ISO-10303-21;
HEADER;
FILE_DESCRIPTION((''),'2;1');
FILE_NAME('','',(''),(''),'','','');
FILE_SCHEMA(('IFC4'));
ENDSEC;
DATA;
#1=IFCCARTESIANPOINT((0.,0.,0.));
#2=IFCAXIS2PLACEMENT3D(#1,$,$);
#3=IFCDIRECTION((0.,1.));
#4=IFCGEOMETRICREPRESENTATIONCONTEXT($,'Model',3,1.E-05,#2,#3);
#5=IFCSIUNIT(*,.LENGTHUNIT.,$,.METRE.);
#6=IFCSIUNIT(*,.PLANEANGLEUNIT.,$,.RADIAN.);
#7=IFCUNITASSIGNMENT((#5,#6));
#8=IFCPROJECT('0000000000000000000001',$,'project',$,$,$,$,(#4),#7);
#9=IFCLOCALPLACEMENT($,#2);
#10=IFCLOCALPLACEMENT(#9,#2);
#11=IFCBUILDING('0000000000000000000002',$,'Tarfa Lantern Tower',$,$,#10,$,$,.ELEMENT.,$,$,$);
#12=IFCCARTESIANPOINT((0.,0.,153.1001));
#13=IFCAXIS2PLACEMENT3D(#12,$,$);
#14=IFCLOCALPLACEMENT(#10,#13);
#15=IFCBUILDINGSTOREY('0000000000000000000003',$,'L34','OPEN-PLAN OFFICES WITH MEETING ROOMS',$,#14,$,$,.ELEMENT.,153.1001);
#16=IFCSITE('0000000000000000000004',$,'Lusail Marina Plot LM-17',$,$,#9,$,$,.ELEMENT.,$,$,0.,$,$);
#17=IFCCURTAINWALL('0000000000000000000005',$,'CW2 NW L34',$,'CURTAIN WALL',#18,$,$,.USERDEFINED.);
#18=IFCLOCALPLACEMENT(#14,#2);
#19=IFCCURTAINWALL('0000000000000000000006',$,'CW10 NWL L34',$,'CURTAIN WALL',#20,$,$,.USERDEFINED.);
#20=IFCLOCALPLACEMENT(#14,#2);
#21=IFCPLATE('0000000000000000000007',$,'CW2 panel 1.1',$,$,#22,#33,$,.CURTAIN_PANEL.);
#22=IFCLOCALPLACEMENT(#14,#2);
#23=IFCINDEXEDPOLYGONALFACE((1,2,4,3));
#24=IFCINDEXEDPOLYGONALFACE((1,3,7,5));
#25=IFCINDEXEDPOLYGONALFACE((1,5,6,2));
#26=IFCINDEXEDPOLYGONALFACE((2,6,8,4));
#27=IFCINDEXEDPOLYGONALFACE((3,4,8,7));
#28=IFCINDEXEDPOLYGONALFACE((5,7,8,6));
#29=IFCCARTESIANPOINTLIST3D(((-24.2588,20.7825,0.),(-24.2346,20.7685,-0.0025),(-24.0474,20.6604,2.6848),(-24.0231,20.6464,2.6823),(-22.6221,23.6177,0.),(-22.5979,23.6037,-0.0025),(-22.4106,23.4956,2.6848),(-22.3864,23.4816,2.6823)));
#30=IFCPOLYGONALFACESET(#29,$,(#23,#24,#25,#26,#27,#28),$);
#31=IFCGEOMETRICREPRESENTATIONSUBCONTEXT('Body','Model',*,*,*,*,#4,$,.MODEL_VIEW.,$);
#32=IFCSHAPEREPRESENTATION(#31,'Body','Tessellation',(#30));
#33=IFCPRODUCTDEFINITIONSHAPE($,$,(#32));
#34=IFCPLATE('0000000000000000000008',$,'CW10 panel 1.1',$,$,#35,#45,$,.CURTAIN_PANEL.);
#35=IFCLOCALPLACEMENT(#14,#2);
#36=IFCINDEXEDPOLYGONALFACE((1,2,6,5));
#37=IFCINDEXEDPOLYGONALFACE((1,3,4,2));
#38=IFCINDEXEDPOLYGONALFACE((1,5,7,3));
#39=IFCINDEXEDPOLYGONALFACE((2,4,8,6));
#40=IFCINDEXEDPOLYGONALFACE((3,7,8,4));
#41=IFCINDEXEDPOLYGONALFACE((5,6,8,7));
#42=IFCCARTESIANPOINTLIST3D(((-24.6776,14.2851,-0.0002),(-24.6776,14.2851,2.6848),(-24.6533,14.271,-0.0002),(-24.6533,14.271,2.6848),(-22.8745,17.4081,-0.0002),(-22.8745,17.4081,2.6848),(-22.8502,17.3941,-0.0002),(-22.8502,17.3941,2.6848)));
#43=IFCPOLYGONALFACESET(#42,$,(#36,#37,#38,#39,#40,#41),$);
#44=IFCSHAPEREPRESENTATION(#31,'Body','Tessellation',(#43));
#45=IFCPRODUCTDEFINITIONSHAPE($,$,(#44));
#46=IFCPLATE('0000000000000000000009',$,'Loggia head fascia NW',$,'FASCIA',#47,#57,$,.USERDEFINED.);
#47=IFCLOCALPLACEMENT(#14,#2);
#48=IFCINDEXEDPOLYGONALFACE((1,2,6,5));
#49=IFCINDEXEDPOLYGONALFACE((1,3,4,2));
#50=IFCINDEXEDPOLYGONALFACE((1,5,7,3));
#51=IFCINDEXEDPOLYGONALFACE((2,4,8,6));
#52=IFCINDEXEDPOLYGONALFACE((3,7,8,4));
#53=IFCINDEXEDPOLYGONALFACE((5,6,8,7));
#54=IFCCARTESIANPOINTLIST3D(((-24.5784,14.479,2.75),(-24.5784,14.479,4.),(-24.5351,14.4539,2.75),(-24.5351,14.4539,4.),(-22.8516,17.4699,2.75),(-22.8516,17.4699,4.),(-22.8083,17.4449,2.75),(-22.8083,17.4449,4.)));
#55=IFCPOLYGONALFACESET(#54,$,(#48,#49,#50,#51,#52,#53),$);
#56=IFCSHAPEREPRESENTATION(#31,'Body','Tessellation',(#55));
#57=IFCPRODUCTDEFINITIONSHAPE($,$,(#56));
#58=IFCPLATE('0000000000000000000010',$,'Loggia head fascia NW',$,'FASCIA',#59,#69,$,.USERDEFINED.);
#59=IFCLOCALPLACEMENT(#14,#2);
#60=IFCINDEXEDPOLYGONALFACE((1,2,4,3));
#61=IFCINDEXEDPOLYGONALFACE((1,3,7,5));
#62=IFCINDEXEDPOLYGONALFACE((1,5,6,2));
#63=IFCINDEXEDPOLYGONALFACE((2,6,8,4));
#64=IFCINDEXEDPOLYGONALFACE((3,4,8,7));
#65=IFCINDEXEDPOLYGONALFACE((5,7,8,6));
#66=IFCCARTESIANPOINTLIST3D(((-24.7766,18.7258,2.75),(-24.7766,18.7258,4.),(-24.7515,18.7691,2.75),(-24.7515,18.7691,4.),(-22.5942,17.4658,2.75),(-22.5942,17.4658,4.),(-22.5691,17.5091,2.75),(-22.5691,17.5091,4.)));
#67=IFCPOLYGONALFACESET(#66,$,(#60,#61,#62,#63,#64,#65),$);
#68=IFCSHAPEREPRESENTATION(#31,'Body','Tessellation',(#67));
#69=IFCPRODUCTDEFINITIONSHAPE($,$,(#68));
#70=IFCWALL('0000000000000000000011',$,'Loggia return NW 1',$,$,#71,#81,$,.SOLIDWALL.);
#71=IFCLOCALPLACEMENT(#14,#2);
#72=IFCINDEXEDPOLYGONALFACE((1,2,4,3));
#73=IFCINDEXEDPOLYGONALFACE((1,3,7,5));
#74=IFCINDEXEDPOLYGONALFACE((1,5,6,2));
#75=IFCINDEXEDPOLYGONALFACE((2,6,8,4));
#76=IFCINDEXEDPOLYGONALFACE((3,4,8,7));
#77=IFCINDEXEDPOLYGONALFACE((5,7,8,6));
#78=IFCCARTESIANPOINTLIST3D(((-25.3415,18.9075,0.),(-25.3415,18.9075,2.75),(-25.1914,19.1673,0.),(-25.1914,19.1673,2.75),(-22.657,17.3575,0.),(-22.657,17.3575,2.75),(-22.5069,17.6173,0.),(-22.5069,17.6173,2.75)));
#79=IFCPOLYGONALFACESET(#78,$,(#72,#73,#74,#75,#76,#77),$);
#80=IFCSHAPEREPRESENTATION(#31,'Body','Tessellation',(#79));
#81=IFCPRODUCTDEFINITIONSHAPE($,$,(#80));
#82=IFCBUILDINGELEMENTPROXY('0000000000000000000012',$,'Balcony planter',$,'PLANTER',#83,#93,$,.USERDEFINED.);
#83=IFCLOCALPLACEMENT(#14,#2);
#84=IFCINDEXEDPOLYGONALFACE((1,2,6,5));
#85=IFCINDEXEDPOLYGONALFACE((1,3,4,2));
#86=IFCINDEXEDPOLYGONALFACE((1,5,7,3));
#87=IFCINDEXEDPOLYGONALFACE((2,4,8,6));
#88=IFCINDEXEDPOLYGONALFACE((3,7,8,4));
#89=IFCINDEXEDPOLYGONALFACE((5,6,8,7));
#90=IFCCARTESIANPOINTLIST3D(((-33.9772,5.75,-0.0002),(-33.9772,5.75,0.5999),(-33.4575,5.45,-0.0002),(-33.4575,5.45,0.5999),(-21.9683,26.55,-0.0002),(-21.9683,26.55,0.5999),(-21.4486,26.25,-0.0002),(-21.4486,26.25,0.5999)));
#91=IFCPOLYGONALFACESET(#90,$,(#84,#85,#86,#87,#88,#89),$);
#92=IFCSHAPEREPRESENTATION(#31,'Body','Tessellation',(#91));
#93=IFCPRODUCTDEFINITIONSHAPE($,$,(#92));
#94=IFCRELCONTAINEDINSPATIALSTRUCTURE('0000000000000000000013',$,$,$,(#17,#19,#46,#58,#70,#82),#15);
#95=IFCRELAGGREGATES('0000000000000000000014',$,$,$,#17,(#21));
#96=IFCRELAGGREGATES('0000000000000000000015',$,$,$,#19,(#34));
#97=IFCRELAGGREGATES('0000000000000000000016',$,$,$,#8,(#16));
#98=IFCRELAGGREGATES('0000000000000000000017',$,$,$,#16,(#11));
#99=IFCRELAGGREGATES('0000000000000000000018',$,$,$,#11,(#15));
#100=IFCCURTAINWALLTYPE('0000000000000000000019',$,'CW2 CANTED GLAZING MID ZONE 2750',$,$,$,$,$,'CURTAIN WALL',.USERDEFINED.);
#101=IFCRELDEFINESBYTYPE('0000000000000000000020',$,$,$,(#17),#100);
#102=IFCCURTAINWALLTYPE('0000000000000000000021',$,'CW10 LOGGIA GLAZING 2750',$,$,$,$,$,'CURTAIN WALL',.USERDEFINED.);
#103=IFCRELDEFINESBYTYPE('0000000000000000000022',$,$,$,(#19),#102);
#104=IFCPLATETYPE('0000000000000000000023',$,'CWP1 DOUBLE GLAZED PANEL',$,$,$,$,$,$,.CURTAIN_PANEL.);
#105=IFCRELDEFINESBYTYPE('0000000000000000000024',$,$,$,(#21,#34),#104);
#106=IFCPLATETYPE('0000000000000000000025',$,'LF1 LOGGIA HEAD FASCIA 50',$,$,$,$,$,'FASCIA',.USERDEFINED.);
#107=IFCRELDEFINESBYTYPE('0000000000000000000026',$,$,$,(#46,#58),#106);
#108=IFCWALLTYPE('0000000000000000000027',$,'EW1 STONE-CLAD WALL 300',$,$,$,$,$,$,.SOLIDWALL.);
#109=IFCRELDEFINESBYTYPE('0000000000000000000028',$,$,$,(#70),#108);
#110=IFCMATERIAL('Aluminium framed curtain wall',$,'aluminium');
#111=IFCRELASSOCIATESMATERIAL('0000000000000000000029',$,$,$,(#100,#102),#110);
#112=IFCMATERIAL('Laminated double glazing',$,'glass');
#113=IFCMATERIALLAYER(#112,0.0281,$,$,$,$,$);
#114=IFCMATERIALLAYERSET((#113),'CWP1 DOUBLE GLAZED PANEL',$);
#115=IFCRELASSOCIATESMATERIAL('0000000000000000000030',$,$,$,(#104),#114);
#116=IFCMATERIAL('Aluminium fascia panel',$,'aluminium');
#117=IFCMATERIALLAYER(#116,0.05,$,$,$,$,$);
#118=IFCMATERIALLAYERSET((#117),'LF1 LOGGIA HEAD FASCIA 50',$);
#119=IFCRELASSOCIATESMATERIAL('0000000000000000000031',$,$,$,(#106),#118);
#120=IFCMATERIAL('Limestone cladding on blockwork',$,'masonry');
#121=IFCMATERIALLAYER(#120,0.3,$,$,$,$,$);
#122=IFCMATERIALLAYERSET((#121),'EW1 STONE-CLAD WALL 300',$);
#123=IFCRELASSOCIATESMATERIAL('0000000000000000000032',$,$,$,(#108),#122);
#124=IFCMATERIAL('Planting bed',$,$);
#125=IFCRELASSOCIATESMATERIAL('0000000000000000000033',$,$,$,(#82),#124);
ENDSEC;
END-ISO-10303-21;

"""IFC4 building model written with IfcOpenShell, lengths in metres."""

from ifc_helpers import new_model, si_unit, direction, frame, frame_2d, origin, origin_2d, place, context, subcontext, project, spatial, polyline, rectangle, outline, extrude, material, layer, layer_set, type_object, element, aggregate, save


model = new_model("IFC4")

# Units and contexts
model_context = context("Model", 3, precision=1e-05, world=origin(), true_north=direction((0.0, 1.0)))
body_context = subcontext(model_context, "Body", "Model", "MODEL_VIEW")
ifc_project = project(units=[si_unit("LENGTHUNIT", "METRE"), si_unit("PLANEANGLEUNIT", "RADIAN")], contexts=[model_context])

# Site, building, storey
site_placement = place(None, origin())
site = spatial("IfcSite", under=ifc_project, at=site_placement, Name="Lusail Marina Plot LM-17", CompositionType="ELEMENT", RefElevation=0.0)
building_placement = place(site_placement, origin())
building = spatial("IfcBuilding", under=site, at=building_placement, Name="Tarfa Lantern Tower", CompositionType="ELEMENT")
storey_placement = place(building_placement, frame((0.0, 0.0, 153.1001)))
storey = spatial("IfcBuildingStorey", under=building, at=storey_placement, Name="L34", Description="OPEN-PLAN OFFICES WITH MEETING ROOMS", CompositionType="ELEMENT", Elevation=153.1001)

# Shared definitions
ifc_material_1 = material(Name="Aluminium framed curtain wall", Category="aluminium")
curtain_wall_type_1 = type_object("IfcCurtainWallType", Name="CW2 CANTED GLAZING MID ZONE 2750", ElementType="CURTAIN WALL", PredefinedType="USERDEFINED", material=ifc_material_1)

# Curtain walls
curtain_wall_1_placement = place(storey_placement, origin())
curtain_wall_1 = element("IfcCurtainWall", 1, at=curtain_wall_1_placement, inside=storey, type_object=curtain_wall_type_1, Name="CW2 NW L34", ObjectType="CURTAIN WALL", PredefinedType="USERDEFINED")
curtain_wall_type_2 = type_object("IfcCurtainWallType", Name="CW10 LOGGIA GLAZING 2750", ElementType="CURTAIN WALL", PredefinedType="USERDEFINED", material=ifc_material_1)
curtain_wall_2_placement = place(storey_placement, origin())
curtain_wall_2 = element("IfcCurtainWall", 2, at=curtain_wall_2_placement, inside=storey, type_object=curtain_wall_type_2, Name="CW10 NWL L34", ObjectType="CURTAIN WALL", PredefinedType="USERDEFINED")

# Plates
ifc_material_2 = material(Name="Laminated double glazing", Category="glass")
ifc_layer_1 = layer(ifc_material_2, 0.0281)
ifc_layer_set_1 = layer_set([ifc_layer_1], Name="CWP1 DOUBLE GLAZED PANEL")
plate_type_1 = type_object("IfcPlateType", Name="CWP1 DOUBLE GLAZED PANEL", PredefinedType="CURTAIN_PANEL", material=ifc_layer_set_1)
plate_1_placement = place(storey_placement, frame((-22.6221, 23.6177, 0.0), z_axis=(-0.862492, 0.497903, 0.090558), x_axis=(-0.499957, -0.86605, 0.0)))
plate_1 = element("IfcPlate", 3, at=plate_1_placement, type_object=plate_type_1, Name="CW2 panel 1.1", PredefinedType="CURTAIN_PANEL", context=body_context, shape_type="SweptSolid", body=[
    extrude(outline(polyline([(0.0, 0.0), (3.2737, 0.0), (3.2737, 2.6959), (0.0, 2.6959), (0.0, 0.0)])), origin(), (0.0, 0.0, -1.0), 0.0281),
])
aggregate(curtain_wall_1, [plate_1])
plate_2_placement = place(storey_placement, frame((-23.7639, 15.8396, -0.0002), z_axis=(0.0, 0.0, 1.0), x_axis=(-0.5, -0.866025, 0.0)))
plate_2 = element("IfcPlate", 4, at=plate_2_placement, type_object=plate_type_1, Name="CW10 panel 1.1", PredefinedType="CURTAIN_PANEL", context=body_context, shape_type="SweptSolid", body=[
    extrude(rectangle(XDim=3.6062, YDim=0.0281, at=origin_2d()), origin(), (0.0, 0.0, 1.0), 2.6851),
])
aggregate(curtain_wall_2, [plate_2])

# Plates
ifc_material_3 = material(Name="Aluminium fascia panel", Category="aluminium")
ifc_layer_2 = layer(ifc_material_3, 0.05)
ifc_layer_set_2 = layer_set([ifc_layer_2], Name="LF1 LOGGIA HEAD FASCIA 50")
plate_type_2 = type_object("IfcPlateType", Name="LF1 LOGGIA HEAD FASCIA 50", ElementType="FASCIA", PredefinedType="USERDEFINED", material=ifc_layer_set_2)
plate_3_placement = place(storey_placement, frame((-23.6934, 15.9619, 2.75), z_axis=(0.0, 0.0, 1.0), x_axis=(-0.5, -0.866025, 0.0)))
element("IfcPlate", 5, at=plate_3_placement, inside=storey, type_object=plate_type_2, Name="Loggia head fascia NW", ObjectType="FASCIA", PredefinedType="USERDEFINED", context=body_context, shape_type="SweptSolid", body=[
    extrude(rectangle(XDim=3.4536, YDim=0.05, at=origin_2d()), origin(), (0.0, 0.0, 1.0), 1.25),
])
plate_4_placement = place(storey_placement, frame((-23.6729, 18.1174, 2.75), z_axis=(0.0, 0.0, 1.0), x_axis=(0.866025, -0.5, 0.0)))
element("IfcPlate", 6, at=plate_4_placement, inside=storey, type_object=plate_type_2, Name="Loggia head fascia NW", ObjectType="FASCIA", PredefinedType="USERDEFINED", context=body_context, shape_type="SweptSolid", body=[
    extrude(rectangle(XDim=2.52, YDim=0.05, at=origin_2d()), origin(), (0.0, 0.0, 1.0), 1.25),
])

# Wall
ifc_material_4 = material(Name="Limestone cladding on blockwork", Category="masonry")
ifc_layer_3 = layer(ifc_material_4, 0.3)
ifc_layer_set_3 = layer_set([ifc_layer_3], Name="EW1 STONE-CLAD WALL 300")
wall_type = type_object("IfcWallType", Name="EW1 STONE-CLAD WALL 300", PredefinedType="SOLIDWALL", material=ifc_layer_set_3)
wall_placement = place(storey_placement, frame((-25.2664, 19.0374, 0.0), z_axis=(0.0, 0.0, 1.0), x_axis=(0.86601, -0.500027, 0.0)))
element("IfcWall", 7, at=wall_placement, inside=storey, type_object=wall_type, Name="Loggia return NW 1", PredefinedType="SOLIDWALL", context=body_context, shape_type="SweptSolid", body=[
    extrude(rectangle(XDim=3.0999, YDim=0.3, at=frame_2d((1.5498, 0.0))), origin(), (0.0, 0.0, 1.0), 2.75),
])

# Building element proxy
ifc_material_5 = material(Name="Planting bed")
proxy_placement = place(storey_placement, frame((-27.7129, 16.0, -0.0002), z_axis=(0.0, 0.0, 1.0), x_axis=(-0.5, -0.866025, 0.0)))
element("IfcBuildingElementProxy", 8, at=proxy_placement, inside=storey, material=ifc_material_5, Name="Balcony planter", ObjectType="PLANTER", PredefinedType="USERDEFINED", context=body_context, shape_type="SweptSolid", body=[
    extrude(rectangle(XDim=24.0178, YDim=0.6001, at=origin_2d()), origin(), (0.0, 0.0, 1.0), 0.6001),
])

save(model, "model.ifc")
